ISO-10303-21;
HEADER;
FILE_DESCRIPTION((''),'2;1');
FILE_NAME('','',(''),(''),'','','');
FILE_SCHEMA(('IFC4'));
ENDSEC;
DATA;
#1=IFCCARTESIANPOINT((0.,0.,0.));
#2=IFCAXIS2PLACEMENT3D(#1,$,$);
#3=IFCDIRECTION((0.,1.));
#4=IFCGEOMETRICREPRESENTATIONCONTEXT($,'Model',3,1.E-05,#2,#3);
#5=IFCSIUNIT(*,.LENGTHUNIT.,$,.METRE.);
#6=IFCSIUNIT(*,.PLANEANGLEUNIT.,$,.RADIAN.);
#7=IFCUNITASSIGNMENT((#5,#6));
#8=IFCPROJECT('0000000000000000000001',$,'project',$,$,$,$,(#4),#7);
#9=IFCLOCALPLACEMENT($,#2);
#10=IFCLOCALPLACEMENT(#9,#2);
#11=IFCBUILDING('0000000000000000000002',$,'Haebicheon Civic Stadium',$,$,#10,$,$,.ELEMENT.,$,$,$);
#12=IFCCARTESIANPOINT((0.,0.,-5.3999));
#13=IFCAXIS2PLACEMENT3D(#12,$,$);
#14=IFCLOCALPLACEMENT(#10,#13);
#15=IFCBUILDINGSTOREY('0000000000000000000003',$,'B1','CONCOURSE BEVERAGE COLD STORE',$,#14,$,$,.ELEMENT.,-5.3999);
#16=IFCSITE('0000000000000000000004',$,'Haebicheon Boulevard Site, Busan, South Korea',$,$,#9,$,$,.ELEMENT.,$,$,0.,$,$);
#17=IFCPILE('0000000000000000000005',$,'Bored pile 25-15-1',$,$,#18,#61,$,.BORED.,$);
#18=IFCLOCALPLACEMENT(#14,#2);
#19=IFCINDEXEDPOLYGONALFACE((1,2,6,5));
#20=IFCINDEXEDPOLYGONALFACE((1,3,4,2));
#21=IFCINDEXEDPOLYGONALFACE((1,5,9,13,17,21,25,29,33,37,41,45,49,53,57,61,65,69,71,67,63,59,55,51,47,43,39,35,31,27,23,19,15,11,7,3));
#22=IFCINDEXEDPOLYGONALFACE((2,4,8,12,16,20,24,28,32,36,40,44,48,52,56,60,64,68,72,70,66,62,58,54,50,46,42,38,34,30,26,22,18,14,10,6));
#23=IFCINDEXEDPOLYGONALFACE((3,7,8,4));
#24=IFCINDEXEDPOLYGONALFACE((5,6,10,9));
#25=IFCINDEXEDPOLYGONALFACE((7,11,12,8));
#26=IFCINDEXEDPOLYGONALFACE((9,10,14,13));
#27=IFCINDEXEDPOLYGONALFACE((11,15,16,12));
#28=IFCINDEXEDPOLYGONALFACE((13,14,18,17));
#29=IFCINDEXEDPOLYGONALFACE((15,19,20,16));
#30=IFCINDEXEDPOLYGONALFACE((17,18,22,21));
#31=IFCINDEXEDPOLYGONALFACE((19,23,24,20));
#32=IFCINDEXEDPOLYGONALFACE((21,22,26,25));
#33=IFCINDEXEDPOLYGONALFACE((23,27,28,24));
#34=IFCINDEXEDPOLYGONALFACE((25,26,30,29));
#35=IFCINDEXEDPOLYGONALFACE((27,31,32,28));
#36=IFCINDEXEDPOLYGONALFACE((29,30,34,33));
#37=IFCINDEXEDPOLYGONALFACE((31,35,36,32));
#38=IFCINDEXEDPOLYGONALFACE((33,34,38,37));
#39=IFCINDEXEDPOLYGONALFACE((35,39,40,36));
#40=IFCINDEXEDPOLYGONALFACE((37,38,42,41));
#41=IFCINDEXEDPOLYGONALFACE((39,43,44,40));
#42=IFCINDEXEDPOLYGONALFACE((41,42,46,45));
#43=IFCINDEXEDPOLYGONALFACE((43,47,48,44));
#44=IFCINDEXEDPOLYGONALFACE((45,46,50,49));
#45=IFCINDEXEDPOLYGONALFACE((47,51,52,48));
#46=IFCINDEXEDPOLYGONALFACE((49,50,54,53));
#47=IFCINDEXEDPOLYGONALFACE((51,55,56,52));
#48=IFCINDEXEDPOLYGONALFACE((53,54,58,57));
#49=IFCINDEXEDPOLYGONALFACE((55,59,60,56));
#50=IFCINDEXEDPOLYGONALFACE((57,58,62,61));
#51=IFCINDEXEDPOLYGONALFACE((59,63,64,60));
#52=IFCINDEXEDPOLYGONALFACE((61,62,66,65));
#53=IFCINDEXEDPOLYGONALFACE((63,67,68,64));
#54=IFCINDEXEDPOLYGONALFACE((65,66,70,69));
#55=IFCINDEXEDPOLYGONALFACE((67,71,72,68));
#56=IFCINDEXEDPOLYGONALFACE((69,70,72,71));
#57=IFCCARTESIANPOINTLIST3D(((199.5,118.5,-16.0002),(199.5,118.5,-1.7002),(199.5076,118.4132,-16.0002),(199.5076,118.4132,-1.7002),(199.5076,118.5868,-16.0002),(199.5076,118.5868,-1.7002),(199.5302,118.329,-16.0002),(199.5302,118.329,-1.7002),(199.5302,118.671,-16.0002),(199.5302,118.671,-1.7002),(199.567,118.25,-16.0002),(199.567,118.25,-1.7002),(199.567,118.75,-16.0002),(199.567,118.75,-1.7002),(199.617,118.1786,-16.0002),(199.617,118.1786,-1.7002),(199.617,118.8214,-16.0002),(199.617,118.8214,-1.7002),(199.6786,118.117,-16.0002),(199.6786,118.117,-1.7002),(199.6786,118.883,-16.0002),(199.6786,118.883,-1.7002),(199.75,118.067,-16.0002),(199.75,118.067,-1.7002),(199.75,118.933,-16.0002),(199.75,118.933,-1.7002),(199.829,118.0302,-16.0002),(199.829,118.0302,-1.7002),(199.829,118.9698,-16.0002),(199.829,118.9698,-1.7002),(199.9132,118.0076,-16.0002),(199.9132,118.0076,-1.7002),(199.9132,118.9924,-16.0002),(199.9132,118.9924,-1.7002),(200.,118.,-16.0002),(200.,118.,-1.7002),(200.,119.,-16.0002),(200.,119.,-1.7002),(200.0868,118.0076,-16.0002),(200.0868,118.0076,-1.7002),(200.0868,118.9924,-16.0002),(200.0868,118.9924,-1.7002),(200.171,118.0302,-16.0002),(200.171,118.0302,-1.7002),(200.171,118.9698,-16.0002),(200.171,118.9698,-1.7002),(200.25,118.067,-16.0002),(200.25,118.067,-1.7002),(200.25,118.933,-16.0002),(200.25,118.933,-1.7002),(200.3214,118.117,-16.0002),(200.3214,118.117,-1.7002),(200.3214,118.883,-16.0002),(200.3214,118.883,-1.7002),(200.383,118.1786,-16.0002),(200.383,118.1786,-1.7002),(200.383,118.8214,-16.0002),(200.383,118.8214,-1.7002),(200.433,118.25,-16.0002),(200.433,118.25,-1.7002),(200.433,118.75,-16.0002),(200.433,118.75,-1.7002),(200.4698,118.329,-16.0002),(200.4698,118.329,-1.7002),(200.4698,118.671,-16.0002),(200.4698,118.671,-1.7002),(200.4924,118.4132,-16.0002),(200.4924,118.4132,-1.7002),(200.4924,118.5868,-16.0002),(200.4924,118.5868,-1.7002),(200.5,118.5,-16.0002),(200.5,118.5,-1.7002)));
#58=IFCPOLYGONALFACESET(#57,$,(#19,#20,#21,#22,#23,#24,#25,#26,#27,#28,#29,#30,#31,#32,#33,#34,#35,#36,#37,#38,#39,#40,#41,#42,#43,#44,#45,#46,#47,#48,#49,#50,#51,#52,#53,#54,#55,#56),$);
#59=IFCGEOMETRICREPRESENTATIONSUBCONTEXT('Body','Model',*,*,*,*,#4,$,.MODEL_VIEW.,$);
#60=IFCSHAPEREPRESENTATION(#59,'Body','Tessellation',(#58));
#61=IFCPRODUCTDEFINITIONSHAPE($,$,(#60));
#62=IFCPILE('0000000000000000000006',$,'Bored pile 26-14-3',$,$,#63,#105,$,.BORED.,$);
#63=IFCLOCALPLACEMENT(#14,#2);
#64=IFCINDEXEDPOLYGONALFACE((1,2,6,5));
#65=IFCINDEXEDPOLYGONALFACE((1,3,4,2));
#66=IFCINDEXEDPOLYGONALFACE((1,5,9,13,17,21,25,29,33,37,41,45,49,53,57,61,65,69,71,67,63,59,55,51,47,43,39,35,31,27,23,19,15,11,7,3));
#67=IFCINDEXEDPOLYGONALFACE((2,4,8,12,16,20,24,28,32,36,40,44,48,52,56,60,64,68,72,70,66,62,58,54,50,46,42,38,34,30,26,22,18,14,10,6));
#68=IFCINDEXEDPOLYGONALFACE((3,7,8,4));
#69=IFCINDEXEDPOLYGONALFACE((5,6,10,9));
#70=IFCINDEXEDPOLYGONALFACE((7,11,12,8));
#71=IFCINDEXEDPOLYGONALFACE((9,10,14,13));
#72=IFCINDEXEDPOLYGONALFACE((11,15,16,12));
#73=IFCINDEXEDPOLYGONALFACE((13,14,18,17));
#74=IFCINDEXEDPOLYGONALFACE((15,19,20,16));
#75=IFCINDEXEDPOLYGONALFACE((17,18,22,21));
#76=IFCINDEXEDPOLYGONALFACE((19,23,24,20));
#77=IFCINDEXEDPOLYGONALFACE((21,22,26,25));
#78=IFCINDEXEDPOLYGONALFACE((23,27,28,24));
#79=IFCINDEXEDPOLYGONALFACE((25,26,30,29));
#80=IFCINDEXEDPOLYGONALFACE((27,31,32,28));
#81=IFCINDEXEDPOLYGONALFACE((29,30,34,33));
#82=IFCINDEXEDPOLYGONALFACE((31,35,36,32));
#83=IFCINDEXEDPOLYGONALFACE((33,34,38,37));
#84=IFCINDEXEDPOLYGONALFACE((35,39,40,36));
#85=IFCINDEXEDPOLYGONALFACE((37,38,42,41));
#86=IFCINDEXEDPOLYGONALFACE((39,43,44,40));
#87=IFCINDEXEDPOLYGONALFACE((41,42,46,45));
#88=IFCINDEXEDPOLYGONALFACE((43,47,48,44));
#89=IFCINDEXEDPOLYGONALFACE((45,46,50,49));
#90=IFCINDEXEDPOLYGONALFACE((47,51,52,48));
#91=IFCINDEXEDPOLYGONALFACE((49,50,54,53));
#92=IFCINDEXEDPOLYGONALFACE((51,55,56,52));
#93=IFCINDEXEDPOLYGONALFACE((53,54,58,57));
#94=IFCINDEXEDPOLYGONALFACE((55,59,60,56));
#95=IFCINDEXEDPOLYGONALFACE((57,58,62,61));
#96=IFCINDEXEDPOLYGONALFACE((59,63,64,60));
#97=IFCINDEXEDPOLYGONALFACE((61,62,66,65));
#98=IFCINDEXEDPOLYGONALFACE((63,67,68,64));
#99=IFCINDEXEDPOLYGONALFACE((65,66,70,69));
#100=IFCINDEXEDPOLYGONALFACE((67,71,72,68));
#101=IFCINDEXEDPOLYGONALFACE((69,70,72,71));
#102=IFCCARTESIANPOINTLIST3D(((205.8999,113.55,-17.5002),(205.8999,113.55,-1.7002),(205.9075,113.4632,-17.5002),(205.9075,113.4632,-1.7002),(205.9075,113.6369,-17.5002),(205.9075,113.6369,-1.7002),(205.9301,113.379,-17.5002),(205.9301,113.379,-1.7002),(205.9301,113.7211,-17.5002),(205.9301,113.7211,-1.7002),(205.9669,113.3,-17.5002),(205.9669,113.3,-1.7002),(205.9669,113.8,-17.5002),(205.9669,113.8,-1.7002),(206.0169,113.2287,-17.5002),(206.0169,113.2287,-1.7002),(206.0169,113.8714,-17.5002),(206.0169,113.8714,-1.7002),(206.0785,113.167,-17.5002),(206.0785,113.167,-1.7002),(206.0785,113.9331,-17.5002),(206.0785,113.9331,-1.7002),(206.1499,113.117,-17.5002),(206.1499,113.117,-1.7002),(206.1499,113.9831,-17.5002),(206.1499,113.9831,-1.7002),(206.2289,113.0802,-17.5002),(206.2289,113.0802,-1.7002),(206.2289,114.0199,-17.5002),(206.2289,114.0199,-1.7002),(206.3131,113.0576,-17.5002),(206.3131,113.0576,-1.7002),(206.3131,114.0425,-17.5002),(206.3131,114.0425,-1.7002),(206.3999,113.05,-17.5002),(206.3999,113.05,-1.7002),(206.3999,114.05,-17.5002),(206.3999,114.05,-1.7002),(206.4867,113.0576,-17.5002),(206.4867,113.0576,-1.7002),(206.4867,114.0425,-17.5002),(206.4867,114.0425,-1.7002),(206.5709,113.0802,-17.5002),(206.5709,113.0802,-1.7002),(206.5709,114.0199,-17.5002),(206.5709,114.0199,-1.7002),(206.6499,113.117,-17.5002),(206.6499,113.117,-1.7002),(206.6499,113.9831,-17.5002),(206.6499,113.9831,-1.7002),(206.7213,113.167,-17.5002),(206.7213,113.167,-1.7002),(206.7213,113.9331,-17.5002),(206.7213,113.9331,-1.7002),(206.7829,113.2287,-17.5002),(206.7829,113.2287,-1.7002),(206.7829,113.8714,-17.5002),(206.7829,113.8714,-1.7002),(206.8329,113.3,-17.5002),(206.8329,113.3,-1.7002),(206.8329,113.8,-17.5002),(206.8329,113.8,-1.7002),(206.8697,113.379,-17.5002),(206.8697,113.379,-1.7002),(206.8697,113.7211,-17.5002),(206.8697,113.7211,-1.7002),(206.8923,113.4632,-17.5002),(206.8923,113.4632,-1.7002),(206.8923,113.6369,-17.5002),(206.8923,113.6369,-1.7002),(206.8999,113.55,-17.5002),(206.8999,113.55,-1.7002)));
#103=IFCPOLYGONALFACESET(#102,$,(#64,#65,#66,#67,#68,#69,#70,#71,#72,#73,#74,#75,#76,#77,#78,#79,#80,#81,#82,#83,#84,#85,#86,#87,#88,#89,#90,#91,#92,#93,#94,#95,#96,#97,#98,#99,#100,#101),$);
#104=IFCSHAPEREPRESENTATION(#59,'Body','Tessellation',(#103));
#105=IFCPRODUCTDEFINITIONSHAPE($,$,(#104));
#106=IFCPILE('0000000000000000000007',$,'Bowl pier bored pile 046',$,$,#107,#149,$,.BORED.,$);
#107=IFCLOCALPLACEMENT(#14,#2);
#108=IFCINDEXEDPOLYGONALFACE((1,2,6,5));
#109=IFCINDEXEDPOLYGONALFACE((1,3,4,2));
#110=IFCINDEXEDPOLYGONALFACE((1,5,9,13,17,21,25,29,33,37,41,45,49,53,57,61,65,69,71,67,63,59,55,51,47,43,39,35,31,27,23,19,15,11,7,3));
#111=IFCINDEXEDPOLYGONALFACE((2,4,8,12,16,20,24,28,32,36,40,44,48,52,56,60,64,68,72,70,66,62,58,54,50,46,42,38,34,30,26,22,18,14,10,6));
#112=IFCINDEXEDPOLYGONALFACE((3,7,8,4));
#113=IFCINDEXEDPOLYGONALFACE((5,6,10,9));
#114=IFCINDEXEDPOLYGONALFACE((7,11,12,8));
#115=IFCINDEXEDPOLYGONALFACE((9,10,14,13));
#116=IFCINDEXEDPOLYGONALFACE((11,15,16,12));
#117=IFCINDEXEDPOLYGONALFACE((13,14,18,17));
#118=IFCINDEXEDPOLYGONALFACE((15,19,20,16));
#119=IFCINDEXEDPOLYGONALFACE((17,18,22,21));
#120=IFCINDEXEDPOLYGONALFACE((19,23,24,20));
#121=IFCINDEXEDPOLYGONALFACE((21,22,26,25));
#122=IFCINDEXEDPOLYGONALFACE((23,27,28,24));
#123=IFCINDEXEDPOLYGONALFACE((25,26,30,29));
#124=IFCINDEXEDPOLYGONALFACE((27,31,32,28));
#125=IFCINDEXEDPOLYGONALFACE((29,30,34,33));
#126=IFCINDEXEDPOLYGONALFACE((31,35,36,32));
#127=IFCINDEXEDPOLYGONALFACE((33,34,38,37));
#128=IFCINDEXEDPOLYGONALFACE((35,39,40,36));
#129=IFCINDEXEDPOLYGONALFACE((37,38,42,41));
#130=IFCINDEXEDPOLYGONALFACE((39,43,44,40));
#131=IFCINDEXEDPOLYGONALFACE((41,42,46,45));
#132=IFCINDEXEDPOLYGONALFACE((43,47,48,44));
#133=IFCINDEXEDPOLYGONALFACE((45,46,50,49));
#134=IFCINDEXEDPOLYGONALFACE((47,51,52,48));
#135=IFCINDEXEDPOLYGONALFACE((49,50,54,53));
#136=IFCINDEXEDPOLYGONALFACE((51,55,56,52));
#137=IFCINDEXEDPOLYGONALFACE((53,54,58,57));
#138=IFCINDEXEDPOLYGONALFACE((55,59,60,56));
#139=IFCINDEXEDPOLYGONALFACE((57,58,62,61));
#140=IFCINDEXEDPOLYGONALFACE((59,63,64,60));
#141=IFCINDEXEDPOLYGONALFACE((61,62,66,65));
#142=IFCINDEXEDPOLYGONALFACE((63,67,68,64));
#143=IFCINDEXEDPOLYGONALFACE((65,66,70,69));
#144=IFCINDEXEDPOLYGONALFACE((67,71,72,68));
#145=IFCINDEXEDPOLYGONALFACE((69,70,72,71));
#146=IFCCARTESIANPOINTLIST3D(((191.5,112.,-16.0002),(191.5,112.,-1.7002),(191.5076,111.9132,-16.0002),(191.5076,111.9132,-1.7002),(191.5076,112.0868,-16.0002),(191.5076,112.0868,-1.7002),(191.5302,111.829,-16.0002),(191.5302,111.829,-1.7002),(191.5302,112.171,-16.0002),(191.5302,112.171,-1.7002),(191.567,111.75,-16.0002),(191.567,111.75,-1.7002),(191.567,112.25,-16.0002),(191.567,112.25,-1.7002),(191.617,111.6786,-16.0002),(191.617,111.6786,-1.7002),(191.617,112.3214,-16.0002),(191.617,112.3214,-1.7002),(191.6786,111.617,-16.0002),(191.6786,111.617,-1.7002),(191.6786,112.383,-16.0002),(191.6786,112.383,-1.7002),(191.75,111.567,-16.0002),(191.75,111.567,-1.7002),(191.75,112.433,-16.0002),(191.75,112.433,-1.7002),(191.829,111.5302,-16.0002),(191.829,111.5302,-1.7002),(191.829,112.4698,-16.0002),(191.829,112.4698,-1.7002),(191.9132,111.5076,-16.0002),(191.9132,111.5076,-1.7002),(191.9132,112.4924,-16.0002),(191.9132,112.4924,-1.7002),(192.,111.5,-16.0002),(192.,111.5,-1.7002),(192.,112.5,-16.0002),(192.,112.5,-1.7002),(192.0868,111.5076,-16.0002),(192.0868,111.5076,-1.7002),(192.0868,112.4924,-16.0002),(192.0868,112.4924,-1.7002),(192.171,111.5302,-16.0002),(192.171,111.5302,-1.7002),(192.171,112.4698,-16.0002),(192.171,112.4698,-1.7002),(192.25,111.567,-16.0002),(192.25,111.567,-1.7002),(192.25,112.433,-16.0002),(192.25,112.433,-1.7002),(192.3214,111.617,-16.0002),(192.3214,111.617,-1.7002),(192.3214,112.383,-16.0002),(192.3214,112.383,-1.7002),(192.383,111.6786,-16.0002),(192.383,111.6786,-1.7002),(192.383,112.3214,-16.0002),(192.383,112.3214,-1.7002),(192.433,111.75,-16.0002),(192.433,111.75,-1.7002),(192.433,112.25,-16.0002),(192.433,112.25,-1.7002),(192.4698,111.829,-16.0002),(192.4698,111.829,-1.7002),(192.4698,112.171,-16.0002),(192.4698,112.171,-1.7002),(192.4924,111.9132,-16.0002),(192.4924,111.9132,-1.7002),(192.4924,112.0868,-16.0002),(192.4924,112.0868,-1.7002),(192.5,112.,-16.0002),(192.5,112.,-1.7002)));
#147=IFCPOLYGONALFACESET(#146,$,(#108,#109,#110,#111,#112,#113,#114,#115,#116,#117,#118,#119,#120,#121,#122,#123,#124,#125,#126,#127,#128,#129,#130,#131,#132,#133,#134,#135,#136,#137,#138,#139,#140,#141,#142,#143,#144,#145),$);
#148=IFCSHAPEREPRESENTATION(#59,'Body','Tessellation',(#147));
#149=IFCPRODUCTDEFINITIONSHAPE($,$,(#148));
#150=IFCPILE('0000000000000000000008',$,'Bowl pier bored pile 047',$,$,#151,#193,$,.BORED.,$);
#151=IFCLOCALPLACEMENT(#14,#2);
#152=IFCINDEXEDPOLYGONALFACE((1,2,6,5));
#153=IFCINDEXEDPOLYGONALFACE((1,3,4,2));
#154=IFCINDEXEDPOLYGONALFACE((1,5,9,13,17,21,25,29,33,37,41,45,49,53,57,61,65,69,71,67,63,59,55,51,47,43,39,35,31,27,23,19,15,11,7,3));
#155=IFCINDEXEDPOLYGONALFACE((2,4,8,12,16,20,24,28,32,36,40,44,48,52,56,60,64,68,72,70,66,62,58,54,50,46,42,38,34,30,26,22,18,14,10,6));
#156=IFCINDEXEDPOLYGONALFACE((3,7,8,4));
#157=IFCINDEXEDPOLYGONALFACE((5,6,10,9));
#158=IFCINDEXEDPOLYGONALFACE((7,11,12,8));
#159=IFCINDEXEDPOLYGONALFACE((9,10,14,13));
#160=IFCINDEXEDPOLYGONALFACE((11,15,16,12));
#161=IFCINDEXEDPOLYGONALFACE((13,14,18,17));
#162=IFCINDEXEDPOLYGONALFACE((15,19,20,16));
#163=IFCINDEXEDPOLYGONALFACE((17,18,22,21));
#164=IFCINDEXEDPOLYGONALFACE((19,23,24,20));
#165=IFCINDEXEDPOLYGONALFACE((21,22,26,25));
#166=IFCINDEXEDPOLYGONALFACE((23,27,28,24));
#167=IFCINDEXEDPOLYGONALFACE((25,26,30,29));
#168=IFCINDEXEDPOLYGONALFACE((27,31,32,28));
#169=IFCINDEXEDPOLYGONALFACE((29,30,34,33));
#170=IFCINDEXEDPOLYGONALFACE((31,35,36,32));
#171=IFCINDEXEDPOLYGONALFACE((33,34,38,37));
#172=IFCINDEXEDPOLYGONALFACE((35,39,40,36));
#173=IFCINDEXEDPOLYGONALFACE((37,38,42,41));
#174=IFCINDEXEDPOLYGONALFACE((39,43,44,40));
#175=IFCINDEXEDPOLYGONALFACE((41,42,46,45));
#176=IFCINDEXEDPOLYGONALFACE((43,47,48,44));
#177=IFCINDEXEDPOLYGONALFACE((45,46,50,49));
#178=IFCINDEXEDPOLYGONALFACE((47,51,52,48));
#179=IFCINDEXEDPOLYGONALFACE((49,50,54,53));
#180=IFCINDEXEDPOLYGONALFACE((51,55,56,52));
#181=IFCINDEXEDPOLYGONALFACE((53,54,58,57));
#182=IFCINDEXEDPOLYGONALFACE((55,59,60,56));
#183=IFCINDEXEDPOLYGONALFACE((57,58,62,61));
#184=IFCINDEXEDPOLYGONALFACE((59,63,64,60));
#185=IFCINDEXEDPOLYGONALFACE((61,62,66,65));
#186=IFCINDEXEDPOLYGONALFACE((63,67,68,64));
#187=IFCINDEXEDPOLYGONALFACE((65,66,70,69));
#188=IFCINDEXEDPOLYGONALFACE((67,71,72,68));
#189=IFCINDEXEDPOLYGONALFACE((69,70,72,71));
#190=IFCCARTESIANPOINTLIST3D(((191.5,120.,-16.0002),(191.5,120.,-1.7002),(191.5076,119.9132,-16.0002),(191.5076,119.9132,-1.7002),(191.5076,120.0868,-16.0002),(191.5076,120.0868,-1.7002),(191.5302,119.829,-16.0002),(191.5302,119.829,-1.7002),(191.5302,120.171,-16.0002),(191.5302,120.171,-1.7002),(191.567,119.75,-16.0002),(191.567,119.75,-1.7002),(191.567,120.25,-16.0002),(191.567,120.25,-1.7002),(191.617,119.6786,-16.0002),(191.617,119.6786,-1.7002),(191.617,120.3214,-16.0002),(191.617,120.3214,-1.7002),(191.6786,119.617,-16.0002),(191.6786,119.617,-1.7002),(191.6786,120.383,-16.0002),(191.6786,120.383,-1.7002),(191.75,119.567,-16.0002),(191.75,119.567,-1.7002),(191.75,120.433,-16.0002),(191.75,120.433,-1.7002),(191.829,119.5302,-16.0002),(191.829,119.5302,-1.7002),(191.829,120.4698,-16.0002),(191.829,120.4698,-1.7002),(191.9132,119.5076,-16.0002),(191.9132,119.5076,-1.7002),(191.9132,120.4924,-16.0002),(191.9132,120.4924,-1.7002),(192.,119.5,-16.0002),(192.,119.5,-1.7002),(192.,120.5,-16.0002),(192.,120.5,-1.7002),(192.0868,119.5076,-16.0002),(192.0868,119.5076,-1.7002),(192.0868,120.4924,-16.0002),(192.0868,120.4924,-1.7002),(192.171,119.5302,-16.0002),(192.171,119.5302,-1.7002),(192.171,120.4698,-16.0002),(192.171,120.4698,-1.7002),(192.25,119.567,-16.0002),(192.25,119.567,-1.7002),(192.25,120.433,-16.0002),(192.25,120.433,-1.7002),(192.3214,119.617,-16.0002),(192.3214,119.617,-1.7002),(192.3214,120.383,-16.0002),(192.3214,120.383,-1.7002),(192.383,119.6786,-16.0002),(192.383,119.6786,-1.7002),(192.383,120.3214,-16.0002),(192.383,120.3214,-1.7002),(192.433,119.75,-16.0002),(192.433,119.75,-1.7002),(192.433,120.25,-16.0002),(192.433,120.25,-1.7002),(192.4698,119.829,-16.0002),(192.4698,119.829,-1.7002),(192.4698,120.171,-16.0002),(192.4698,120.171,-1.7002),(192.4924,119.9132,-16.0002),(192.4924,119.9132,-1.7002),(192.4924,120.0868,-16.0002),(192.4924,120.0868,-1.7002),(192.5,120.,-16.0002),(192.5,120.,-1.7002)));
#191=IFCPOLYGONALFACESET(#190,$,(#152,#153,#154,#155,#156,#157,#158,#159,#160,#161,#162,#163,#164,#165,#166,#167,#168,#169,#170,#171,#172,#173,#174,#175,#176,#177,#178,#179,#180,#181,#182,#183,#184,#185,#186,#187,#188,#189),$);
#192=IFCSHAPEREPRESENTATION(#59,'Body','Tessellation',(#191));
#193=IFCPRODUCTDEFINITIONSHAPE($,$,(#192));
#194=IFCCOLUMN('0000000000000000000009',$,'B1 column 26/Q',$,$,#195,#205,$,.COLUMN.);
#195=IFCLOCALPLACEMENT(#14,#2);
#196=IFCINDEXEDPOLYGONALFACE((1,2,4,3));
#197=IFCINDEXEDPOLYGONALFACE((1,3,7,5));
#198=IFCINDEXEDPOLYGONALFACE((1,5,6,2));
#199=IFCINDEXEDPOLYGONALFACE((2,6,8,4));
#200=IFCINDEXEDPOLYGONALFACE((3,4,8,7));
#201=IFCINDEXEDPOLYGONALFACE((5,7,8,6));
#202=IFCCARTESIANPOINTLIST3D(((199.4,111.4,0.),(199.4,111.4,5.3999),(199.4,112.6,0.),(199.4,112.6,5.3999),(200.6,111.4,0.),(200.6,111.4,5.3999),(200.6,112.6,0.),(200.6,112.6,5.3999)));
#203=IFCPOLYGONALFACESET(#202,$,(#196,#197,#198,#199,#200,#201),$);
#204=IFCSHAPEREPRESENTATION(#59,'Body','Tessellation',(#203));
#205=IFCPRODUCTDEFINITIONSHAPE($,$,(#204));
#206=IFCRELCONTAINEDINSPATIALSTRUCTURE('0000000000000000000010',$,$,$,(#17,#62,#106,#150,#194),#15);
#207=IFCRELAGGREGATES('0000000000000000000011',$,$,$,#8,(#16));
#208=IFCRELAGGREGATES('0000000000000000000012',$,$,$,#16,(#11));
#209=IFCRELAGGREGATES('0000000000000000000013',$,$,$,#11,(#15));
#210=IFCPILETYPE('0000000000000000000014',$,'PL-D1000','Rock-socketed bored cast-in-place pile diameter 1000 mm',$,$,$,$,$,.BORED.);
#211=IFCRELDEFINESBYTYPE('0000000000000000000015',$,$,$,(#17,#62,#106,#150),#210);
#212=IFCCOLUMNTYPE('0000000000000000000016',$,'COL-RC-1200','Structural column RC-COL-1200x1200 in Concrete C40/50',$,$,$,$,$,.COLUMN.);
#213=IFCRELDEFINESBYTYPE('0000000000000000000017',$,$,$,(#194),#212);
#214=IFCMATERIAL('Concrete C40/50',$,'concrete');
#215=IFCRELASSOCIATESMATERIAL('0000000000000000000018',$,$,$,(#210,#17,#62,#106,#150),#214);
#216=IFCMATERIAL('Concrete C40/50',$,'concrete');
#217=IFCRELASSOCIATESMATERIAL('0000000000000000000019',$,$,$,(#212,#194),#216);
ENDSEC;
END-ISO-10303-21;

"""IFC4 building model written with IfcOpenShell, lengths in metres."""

from ifc_helpers import new_model, si_unit, direction, frame, origin, origin_2d, place, context, subcontext, project, spatial, rectangle, circle, extrude, material, material_profile, profile_set, type_object, element, save


model = new_model("IFC4")

# Units and contexts
model_context = context("Model", 3, precision=1e-05, world=origin(), true_north=direction((0.0, 1.0)))
body_context = subcontext(model_context, "Body", "Model", "MODEL_VIEW")
ifc_project = project(units=[si_unit("LENGTHUNIT", "METRE"), si_unit("PLANEANGLEUNIT", "RADIAN")], contexts=[model_context])

# Site, building, storey
site_placement = place(None, origin())
site = spatial("IfcSite", under=ifc_project, at=site_placement, Name="Haebicheon Boulevard Site, Busan, South Korea", CompositionType="ELEMENT", RefElevation=0.0)
building_placement = place(site_placement, origin())
building = spatial("IfcBuilding", under=site, at=building_placement, Name="Haebicheon Civic Stadium", CompositionType="ELEMENT")
storey_placement = place(building_placement, frame((0.0, 0.0, -5.3999)))
storey = spatial("IfcBuildingStorey", under=building, at=storey_placement, Name="B1", Description="CONCOURSE BEVERAGE COLD STORE", CompositionType="ELEMENT", Elevation=-5.3999)

# Piles
ifc_material_1 = material(Name="Concrete C40/50", Category="concrete")
ifc_material_profile_1 = material_profile(ifc_material_1, circle(Radius=0.5, at=origin_2d()), Name="PILE-D1000")
ifc_profile_set_1 = profile_set([ifc_material_profile_1], Name="Concrete C40/50")
pile_type = type_object("IfcPileType", Name="PL-D1000", Description="Rock-socketed bored cast-in-place pile diameter 1000 mm", PredefinedType="BORED", material=ifc_profile_set_1)
for number, where, z_axis, x_axis, name in (
    (1, (200.0, 118.5, -1.7002), (0.0, 0.0, -1.0), (1.0, 0.0, 0.0), "Bored pile 25-15-1"),
):
    element("IfcPile", number, at=place(storey_placement, frame(where, z_axis=z_axis, x_axis=x_axis)), inside=storey, type_object=pile_type, material=ifc_profile_set_1, Name=name, PredefinedType="BORED", context=body_context, shape_type="SweptSolid", body=[
        extrude(circle(Radius=0.5, at=origin_2d()), origin(), (0.0, 0.0, 1.0), 14.3),
    ])
pile_placement = place(storey_placement, frame((206.3999, 113.55, -1.7002), z_axis=(0.0, 0.0, -1.0), x_axis=(1.0, 0.0, 0.0)))
element("IfcPile", 2, at=pile_placement, inside=storey, type_object=pile_type, material=ifc_profile_set_1, Name="Bored pile 26-14-3", PredefinedType="BORED", context=body_context, shape_type="SweptSolid", body=[
    extrude(circle(Radius=0.5, at=origin_2d()), origin(), (0.0, 0.0, 1.0), 15.8),
])
for number, where, z_axis, x_axis, name in (
    (3, (192.0, 112.0, -1.7002), (0.0, 0.0, -1.0), (1.0, 0.0, 0.0), "Bowl pier bored pile 046"),
    (4, (192.0, 120.0, -1.7002), (0.0, 0.0, -1.0), (1.0, 0.0, 0.0), "Bowl pier bored pile 047"),
):
    element("IfcPile", number, at=place(storey_placement, frame(where, z_axis=z_axis, x_axis=x_axis)), inside=storey, type_object=pile_type, material=ifc_profile_set_1, Name=name, PredefinedType="BORED", context=body_context, shape_type="SweptSolid", body=[
        extrude(circle(Radius=0.5, at=origin_2d()), origin(), (0.0, 0.0, 1.0), 14.3),
    ])

# Column
ifc_material_2 = material(Name="Concrete C40/50", Category="concrete")
ifc_material_profile_2 = material_profile(ifc_material_2, rectangle(XDim=1.2, YDim=1.2, at=origin_2d()), Name="RC-COL-1200x1200")
ifc_profile_set_2 = profile_set([ifc_material_profile_2], Name="Concrete C40/50")
column_type_1 = type_object("IfcColumnType", Name="COL-RC-1200", Description="Structural column RC-COL-1200x1200 in Concrete C40/50", PredefinedType="COLUMN", material=ifc_profile_set_2)
column_1_placement = place(storey_placement, frame((200.0, 112.0, 0.0), z_axis=(0.0, 0.0, 1.0), x_axis=(1.0, 0.0, 0.0)))
element("IfcColumn", 5, at=column_1_placement, inside=storey, type_object=column_type_1, material=ifc_profile_set_2, Name="B1 column 26/Q", PredefinedType="COLUMN", context=body_context, shape_type="SweptSolid", body=[
    extrude(rectangle(XDim=1.2, YDim=1.2, at=origin_2d()), origin(), (0.0, 0.0, 1.0), 5.3999),
])

save(model, "model.ifc")
